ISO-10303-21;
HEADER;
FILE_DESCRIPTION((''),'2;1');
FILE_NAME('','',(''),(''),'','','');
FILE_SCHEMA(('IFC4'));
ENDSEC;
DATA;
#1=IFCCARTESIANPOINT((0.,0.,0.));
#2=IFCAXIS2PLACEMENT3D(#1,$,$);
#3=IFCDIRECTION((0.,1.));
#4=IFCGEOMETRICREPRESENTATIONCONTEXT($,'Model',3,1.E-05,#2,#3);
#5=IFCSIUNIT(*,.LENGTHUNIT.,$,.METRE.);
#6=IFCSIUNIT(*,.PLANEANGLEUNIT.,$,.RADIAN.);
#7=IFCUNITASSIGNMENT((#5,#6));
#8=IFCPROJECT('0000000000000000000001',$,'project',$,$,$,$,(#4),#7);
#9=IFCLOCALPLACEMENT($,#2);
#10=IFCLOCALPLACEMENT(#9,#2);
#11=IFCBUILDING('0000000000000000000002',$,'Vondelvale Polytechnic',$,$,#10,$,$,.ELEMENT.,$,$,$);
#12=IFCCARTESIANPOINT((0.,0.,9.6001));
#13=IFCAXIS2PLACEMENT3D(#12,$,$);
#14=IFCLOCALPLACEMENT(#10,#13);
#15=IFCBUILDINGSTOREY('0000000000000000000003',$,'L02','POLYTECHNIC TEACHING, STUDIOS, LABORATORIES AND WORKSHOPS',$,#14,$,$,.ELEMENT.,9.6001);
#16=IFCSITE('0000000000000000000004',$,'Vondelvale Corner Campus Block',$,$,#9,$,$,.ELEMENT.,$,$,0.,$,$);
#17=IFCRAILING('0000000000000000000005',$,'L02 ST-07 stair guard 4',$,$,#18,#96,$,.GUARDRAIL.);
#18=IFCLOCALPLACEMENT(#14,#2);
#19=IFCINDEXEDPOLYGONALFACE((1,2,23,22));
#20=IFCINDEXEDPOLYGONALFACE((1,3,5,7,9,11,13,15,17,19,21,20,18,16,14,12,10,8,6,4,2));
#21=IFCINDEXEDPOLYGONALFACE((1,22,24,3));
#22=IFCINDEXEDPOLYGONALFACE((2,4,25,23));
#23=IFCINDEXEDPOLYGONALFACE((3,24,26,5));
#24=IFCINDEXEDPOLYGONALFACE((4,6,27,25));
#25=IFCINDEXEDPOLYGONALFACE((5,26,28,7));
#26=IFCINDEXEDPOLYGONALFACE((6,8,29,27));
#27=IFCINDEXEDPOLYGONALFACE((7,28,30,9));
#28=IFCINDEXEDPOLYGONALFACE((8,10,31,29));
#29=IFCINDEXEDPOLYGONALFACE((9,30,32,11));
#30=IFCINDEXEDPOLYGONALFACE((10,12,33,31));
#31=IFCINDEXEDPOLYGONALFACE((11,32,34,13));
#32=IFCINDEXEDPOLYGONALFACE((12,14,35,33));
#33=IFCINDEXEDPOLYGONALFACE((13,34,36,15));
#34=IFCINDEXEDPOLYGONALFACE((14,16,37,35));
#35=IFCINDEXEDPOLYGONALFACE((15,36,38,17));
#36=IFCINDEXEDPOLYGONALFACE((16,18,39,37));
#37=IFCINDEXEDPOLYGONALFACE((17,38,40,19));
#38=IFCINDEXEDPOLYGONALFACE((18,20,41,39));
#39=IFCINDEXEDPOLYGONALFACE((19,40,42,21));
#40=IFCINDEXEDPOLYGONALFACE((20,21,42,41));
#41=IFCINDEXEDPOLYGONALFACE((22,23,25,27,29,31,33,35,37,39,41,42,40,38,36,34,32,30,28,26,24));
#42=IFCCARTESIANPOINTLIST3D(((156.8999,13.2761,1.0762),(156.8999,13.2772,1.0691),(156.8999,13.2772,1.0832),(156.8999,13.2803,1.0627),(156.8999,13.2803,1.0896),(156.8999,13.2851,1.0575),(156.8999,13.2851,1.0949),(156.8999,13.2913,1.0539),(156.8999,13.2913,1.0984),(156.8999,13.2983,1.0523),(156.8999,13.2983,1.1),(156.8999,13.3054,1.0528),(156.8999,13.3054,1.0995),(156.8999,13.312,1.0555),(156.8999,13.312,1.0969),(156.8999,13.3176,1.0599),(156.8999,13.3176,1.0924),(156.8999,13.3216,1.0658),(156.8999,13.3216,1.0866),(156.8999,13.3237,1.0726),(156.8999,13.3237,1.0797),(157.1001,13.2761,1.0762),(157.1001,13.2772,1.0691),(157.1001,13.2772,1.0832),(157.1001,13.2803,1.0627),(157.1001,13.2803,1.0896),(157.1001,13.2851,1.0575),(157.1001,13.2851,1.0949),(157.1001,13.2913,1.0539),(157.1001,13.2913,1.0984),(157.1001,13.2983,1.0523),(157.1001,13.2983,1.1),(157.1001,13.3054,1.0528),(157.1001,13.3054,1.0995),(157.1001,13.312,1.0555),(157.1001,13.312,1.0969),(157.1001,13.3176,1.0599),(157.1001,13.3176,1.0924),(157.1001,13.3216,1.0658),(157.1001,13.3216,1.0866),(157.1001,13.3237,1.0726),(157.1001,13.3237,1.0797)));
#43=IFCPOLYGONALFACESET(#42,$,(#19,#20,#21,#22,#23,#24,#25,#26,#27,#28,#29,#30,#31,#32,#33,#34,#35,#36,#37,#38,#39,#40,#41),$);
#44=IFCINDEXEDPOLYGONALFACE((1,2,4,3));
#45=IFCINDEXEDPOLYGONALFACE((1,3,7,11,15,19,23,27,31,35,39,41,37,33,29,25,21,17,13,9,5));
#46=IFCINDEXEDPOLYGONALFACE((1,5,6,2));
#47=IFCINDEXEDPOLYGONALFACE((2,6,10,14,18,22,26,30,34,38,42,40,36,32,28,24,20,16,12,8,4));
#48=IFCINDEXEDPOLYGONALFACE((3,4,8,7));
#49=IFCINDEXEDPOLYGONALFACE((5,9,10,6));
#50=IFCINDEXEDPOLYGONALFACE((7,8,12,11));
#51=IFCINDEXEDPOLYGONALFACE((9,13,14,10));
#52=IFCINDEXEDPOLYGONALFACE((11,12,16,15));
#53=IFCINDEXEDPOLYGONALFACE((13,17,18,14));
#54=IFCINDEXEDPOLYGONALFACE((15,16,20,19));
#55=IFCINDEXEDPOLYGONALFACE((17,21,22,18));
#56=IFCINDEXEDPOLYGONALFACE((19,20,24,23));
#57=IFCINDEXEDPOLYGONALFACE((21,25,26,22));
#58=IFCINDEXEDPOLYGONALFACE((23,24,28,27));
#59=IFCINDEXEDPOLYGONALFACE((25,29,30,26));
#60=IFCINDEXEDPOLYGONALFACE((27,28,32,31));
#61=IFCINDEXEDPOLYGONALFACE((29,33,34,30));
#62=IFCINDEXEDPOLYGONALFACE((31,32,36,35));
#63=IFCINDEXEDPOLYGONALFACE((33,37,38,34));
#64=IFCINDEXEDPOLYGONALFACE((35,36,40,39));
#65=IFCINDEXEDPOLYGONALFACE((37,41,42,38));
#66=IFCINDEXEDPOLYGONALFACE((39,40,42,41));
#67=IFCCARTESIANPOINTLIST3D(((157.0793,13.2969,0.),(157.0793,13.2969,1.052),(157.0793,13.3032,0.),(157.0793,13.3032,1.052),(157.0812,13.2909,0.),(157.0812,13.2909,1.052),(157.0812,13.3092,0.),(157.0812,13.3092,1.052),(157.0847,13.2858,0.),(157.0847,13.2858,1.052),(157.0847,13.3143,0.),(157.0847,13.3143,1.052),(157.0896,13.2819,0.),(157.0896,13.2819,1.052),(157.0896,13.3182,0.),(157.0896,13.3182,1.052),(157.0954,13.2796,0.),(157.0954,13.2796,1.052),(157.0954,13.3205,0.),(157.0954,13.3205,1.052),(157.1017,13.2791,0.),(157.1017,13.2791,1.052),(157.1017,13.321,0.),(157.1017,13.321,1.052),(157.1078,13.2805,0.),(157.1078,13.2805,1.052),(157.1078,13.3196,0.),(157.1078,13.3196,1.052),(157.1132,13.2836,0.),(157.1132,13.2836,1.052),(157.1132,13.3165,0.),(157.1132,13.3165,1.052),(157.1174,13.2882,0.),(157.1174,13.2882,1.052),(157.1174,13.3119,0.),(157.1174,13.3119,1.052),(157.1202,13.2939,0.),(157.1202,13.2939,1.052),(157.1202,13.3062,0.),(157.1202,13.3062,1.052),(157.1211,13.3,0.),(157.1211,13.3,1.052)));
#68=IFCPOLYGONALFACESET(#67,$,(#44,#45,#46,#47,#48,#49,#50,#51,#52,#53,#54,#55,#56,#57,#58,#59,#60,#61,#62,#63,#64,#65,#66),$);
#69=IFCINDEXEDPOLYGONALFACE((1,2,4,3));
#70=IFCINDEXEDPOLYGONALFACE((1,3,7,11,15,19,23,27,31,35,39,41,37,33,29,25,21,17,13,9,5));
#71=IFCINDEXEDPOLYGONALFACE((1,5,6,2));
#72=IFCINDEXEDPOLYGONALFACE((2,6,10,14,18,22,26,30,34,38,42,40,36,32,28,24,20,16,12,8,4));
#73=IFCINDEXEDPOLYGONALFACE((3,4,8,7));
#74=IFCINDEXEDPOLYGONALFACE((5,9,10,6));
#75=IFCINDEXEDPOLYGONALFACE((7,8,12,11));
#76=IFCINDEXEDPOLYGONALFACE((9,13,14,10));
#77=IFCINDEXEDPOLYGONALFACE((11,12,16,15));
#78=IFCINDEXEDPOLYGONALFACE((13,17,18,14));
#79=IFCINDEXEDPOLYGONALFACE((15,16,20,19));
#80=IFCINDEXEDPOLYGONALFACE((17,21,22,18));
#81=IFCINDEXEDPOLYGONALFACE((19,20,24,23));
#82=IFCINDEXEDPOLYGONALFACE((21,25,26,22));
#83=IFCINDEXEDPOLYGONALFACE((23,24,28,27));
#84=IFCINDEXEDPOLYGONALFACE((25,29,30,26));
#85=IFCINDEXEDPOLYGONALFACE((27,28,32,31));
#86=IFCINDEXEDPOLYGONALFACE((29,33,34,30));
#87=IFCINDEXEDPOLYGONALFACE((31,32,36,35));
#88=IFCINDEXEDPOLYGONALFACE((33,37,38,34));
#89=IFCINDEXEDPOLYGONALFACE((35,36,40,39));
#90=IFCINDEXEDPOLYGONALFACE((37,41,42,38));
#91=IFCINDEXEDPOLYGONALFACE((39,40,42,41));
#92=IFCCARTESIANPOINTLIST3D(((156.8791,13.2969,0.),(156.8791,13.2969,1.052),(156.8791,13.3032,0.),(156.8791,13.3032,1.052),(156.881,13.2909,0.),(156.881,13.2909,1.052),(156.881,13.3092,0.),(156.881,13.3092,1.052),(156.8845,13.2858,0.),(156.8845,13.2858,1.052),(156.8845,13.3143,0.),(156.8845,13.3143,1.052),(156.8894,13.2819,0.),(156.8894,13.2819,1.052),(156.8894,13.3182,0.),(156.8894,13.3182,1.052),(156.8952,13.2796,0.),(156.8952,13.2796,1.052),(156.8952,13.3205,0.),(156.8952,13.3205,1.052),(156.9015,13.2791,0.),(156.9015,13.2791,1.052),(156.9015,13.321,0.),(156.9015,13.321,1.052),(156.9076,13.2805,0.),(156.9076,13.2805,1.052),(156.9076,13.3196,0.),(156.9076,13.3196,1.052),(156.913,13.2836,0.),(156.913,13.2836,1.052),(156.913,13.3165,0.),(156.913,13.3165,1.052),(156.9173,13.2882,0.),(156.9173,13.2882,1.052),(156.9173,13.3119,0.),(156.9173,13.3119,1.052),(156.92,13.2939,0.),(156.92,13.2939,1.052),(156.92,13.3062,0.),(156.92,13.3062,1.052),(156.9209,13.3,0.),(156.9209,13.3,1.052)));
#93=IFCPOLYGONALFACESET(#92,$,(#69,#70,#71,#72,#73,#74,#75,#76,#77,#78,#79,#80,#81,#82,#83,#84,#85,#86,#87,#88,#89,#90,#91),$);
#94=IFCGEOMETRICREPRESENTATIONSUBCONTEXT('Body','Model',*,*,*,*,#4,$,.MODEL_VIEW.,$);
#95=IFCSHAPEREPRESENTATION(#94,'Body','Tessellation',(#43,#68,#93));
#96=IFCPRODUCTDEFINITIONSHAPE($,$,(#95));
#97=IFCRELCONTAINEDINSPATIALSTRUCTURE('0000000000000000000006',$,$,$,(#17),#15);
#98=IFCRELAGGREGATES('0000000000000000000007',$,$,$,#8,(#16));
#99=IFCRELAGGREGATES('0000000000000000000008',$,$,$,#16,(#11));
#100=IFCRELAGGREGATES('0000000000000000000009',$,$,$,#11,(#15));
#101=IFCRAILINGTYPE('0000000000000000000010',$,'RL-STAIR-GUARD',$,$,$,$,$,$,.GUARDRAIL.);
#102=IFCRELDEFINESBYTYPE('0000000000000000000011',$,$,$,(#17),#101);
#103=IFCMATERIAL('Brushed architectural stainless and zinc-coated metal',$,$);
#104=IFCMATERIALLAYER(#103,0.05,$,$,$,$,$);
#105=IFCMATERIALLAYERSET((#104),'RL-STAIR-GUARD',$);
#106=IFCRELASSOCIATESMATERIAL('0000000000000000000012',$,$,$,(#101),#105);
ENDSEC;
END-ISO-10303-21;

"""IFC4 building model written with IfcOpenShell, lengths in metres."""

from ifc_helpers import new_model, si_unit, direction, frame, origin, origin_2d, place, context, subcontext, project, spatial, circle, extrude, material, layer, layer_set, type_object, element, save


model = new_model("IFC4")

# Units and contexts
model_context = context("Model", 3, precision=1e-05, world=origin(), true_north=direction((0.0, 1.0)))
body_context = subcontext(model_context, "Body", "Model", "MODEL_VIEW")
ifc_project = project(units=[si_unit("LENGTHUNIT", "METRE"), si_unit("PLANEANGLEUNIT", "RADIAN")], contexts=[model_context])

# Site, building, storey
site_placement = place(None, origin())
site = spatial("IfcSite", under=ifc_project, at=site_placement, Name="Vondelvale Corner Campus Block", CompositionType="ELEMENT", RefElevation=0.0)
building_placement = place(site_placement, origin())
building = spatial("IfcBuilding", under=site, at=building_placement, Name="Vondelvale Polytechnic", CompositionType="ELEMENT")
storey_placement = place(building_placement, frame((0.0, 0.0, 9.6001)))
storey = spatial("IfcBuildingStorey", under=building, at=storey_placement, Name="L02", Description="POLYTECHNIC TEACHING, STUDIOS, LABORATORIES AND WORKSHOPS", CompositionType="ELEMENT", Elevation=9.6001)

# Railing
ifc_material_1 = material(Name="Brushed architectural stainless and zinc-coated metal")
ifc_layer_1 = layer(ifc_material_1, 0.05)
ifc_layer_set_1 = layer_set([ifc_layer_1], Name="RL-STAIR-GUARD")
railing_type_1 = type_object("IfcRailingType", Name="RL-STAIR-GUARD", PredefinedType="GUARDRAIL", material=ifc_layer_set_1)
railing_1_placement = place(storey_placement, frame((157.1001, 13.3, 0.0)))
element("IfcRailing", 1, at=railing_1_placement, inside=storey, type_object=railing_type_1, Name="L02 ST-07 stair guard 4", PredefinedType="GUARDRAIL", context=body_context, shape_type="SweptSolid", body=[
    extrude(circle(Radius=0.0239, at=origin_2d()), frame((0.0, 0.0, 1.0762), z_axis=(-1.0, 0.0, 0.0), x_axis=(0.0, -1.0, 0.0)), (0.0, 0.0, 1.0), 0.2002),
    extrude(circle(Radius=0.021, at=origin_2d()), origin(), (0.0, 0.0, 1.0), 1.052),
    extrude(circle(Radius=0.021, at=origin_2d()), frame((-0.2002, 0.0, 0.0)), (0.0, 0.0, 1.0), 1.052),
])

save(model, "model.ifc")
